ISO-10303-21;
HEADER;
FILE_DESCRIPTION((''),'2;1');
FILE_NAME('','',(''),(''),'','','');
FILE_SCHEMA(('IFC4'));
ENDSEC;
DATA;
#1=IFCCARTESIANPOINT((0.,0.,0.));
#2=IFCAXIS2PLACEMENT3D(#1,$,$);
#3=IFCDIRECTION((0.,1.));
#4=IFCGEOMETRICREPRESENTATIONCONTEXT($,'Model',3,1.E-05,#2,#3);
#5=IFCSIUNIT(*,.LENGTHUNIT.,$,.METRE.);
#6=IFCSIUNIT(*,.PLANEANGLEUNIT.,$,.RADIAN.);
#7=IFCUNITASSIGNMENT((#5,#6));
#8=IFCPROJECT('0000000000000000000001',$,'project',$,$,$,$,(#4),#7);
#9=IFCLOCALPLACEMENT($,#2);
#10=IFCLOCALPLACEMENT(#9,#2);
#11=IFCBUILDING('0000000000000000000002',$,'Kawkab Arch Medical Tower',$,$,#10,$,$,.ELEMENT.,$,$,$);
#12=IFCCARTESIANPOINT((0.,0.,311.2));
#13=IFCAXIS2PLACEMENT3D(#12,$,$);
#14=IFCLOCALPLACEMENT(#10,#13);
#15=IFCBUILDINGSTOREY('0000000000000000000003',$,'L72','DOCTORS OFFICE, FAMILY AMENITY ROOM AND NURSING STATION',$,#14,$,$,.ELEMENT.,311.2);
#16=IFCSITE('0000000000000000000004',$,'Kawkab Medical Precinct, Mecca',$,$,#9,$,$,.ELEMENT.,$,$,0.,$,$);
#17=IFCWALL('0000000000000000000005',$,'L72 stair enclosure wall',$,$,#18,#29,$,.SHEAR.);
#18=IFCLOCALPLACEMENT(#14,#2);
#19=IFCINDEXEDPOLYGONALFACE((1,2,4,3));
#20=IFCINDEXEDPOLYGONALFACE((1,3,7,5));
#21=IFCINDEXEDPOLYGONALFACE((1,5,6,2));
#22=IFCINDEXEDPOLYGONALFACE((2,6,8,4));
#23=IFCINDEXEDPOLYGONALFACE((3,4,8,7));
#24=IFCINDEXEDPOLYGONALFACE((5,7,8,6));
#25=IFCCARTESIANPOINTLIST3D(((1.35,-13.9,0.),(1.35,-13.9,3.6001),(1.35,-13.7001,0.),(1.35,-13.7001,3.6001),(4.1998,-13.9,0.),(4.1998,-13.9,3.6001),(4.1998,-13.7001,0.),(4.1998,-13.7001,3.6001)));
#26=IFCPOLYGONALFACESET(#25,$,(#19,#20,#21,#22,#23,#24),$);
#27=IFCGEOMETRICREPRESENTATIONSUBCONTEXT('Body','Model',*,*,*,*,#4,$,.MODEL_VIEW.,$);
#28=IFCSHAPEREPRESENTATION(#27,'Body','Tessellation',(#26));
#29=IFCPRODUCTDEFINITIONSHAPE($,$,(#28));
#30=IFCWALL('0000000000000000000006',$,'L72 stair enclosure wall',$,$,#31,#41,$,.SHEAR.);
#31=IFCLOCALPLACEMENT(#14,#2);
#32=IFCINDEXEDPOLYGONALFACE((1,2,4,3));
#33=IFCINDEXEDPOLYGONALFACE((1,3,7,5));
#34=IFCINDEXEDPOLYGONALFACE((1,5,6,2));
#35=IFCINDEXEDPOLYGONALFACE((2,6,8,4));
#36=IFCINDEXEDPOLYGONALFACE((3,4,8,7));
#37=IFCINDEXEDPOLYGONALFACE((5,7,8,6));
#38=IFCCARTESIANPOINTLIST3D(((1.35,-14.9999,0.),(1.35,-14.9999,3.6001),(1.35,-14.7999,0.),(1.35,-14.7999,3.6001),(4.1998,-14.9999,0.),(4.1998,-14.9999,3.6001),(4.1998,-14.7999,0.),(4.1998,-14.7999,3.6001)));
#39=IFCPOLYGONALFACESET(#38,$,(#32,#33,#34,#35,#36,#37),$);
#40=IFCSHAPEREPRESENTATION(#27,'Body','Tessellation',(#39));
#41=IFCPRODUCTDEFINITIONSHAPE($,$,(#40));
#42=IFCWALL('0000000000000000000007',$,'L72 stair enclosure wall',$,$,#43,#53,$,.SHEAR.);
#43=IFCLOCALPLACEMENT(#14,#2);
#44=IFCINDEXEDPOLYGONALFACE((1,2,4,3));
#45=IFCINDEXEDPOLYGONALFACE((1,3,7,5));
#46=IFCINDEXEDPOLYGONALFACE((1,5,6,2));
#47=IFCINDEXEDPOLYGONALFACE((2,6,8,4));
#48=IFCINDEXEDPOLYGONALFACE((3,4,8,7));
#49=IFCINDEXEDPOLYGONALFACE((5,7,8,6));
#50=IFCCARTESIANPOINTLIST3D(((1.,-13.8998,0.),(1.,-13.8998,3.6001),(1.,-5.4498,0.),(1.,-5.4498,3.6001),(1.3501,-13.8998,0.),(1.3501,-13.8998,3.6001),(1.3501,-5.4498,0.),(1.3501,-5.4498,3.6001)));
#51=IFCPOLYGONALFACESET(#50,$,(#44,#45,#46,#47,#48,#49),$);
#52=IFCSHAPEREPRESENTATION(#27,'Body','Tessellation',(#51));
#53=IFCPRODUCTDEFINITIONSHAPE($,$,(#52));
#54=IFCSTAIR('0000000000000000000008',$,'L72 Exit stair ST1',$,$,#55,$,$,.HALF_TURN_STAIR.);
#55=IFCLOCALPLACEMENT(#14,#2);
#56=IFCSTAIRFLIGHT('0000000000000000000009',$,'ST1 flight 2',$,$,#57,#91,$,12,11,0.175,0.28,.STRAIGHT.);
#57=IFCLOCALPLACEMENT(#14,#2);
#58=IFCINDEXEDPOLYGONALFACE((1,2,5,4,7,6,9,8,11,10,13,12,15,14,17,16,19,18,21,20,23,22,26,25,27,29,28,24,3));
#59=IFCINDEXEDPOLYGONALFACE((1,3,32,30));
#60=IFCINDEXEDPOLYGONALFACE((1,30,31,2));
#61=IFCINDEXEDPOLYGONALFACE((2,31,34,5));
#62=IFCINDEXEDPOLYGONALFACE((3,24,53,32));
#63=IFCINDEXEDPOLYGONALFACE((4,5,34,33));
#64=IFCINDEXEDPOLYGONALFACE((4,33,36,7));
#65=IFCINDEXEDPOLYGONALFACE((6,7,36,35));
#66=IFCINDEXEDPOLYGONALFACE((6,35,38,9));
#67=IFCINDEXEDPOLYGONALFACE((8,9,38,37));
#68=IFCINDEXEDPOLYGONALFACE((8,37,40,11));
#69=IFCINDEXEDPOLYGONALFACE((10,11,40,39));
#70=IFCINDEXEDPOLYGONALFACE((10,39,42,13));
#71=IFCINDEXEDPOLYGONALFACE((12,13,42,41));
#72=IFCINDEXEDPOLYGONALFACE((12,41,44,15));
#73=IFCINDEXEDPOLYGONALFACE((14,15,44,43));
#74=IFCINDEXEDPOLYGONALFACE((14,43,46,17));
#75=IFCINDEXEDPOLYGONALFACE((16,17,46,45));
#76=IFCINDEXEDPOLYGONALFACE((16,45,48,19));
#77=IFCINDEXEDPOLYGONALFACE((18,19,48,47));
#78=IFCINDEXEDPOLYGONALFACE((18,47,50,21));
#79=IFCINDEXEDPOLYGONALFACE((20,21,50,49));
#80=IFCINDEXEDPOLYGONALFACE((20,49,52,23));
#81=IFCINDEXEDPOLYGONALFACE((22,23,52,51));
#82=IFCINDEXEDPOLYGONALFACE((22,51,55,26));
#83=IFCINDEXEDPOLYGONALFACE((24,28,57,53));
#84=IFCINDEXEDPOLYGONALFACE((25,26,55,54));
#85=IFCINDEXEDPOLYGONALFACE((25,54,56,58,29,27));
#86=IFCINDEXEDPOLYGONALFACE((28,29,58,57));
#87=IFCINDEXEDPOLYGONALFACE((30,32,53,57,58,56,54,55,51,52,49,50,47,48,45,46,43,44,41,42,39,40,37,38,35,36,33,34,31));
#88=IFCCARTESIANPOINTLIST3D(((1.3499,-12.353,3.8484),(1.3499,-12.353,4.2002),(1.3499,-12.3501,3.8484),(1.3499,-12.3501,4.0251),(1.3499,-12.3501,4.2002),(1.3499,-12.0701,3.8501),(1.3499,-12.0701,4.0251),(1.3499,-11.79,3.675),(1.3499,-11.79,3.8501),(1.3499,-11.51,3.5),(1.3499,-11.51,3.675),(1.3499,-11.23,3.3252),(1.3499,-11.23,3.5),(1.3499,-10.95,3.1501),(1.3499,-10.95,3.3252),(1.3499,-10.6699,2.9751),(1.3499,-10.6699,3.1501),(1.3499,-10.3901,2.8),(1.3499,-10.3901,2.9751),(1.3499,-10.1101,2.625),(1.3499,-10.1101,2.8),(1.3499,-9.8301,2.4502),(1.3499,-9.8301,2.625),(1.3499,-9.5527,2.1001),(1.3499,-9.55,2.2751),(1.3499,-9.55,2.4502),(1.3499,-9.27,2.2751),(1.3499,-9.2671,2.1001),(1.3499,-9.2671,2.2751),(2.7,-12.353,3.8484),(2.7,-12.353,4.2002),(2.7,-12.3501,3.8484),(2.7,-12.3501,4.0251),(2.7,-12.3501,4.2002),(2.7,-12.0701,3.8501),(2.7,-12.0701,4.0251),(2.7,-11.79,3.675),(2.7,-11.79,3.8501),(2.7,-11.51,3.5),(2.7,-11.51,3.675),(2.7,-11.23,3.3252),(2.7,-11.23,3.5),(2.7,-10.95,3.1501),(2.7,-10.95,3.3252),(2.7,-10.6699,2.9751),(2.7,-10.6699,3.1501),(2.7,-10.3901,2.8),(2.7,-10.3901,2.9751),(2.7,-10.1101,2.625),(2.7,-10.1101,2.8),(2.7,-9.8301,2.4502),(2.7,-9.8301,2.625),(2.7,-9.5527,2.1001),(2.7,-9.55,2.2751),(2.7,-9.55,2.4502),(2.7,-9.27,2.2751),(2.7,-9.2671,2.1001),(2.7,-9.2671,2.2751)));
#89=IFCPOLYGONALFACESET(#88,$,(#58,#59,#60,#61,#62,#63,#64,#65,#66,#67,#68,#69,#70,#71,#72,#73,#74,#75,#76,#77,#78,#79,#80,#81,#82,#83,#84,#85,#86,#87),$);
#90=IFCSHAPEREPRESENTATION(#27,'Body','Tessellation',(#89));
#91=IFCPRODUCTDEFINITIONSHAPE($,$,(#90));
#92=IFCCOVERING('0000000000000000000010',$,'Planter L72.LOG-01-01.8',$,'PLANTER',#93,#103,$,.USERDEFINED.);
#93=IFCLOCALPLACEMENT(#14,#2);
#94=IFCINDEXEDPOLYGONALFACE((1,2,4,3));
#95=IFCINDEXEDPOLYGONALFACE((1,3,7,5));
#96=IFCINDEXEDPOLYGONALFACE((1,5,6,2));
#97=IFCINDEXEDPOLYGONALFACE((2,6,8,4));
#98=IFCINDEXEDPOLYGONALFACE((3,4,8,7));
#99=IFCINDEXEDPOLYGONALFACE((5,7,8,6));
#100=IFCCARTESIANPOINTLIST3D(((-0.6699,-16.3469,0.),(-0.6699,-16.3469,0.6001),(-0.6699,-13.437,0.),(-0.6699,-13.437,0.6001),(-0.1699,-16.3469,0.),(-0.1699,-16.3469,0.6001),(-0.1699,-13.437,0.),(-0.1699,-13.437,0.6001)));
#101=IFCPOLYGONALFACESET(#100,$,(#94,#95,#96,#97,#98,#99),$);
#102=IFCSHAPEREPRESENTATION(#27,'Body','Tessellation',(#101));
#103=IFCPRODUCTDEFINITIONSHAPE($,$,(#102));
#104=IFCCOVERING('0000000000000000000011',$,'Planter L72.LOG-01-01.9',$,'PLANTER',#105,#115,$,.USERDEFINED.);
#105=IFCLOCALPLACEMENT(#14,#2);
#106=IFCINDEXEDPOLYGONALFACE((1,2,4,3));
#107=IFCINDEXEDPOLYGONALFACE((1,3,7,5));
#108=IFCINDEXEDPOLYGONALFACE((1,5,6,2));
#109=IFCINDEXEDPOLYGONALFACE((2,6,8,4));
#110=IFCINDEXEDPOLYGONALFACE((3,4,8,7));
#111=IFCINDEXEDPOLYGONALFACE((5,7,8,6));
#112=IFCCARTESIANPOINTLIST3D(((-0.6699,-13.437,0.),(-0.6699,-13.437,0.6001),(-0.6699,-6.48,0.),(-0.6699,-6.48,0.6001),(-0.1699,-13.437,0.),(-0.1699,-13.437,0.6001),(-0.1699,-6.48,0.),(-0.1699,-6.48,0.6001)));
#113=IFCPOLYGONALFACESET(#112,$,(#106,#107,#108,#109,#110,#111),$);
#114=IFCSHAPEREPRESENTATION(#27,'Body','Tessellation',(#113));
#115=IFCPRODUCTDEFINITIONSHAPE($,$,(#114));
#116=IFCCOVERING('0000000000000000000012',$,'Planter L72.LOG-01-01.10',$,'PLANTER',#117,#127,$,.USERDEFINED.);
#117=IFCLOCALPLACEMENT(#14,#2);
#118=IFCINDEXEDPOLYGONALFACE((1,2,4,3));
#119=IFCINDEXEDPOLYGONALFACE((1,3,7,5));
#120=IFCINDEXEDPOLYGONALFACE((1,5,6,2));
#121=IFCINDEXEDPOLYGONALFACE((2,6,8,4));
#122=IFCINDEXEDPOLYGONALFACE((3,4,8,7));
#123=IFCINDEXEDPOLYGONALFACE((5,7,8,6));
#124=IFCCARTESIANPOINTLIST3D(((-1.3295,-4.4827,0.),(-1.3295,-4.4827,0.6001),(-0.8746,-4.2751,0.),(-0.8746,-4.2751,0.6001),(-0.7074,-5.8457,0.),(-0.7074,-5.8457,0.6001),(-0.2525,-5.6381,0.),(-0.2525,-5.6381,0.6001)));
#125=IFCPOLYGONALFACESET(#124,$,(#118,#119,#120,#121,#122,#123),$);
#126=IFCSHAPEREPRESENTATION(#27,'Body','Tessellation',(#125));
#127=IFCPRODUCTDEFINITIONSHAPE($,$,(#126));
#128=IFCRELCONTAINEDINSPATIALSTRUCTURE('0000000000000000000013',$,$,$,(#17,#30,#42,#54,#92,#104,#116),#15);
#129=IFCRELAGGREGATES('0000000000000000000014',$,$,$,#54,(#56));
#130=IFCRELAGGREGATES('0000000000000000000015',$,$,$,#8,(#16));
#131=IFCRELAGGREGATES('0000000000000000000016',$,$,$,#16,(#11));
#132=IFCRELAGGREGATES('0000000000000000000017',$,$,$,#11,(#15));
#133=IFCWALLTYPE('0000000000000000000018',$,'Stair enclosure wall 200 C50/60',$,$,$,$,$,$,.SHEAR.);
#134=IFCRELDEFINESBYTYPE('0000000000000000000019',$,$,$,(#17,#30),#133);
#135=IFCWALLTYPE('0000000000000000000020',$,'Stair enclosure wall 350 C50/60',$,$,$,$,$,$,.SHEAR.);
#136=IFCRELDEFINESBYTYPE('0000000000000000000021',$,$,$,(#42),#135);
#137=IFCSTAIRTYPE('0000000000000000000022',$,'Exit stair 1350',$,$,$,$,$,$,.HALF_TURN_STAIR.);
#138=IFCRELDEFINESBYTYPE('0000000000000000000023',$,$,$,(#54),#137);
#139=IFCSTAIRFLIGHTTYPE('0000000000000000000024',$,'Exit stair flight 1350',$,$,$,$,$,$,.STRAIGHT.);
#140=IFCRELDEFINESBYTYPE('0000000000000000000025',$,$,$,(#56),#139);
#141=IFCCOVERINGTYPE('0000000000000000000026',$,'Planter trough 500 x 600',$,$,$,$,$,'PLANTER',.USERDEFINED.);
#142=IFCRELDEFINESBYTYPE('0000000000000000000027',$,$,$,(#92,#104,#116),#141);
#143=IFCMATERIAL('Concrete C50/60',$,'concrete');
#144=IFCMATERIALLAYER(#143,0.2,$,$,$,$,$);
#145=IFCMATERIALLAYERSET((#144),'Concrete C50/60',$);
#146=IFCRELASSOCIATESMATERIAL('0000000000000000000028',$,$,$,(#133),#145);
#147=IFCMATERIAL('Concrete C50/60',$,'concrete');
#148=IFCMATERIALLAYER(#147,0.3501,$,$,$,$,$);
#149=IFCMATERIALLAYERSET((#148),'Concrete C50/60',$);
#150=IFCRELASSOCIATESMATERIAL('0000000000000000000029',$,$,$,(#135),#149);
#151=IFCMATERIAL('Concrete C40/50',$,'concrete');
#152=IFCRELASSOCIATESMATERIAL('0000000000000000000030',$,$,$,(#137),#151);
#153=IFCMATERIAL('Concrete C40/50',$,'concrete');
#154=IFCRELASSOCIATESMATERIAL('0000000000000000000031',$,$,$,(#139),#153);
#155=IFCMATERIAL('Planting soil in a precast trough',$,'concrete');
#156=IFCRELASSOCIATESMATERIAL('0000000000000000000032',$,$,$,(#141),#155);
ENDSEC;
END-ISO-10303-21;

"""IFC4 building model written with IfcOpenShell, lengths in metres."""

from ifc_helpers import new_model, si_unit, direction, frame, frame_2d, origin, origin_2d, place, context, subcontext, project, spatial, polyline, rectangle, outline, extrude, material, layer, layer_set, material_profile, profile_set, type_object, element, aggregate, save


model = new_model("IFC4")

# Units and contexts
model_context = context("Model", 3, precision=1e-05, world=origin(), true_north=direction((0.0, 1.0)))
body_context = subcontext(model_context, "Body", "Model", "MODEL_VIEW")
ifc_project = project(units=[si_unit("LENGTHUNIT", "METRE"), si_unit("PLANEANGLEUNIT", "RADIAN")], contexts=[model_context])

# Site, building, storey
site_placement = place(None, origin())
site = spatial("IfcSite", under=ifc_project, at=site_placement, Name="Kawkab Medical Precinct, Mecca", CompositionType="ELEMENT", RefElevation=0.0)
building_placement = place(site_placement, origin())
building = spatial("IfcBuilding", under=site, at=building_placement, Name="Kawkab Arch Medical Tower", CompositionType="ELEMENT")
storey_placement = place(building_placement, frame((0.0, 0.0, 311.2)))
storey = spatial("IfcBuildingStorey", under=building, at=storey_placement, Name="L72", Description="DOCTORS OFFICE, FAMILY AMENITY ROOM AND NURSING STATION", CompositionType="ELEMENT", Elevation=311.2)

# Shared definitions
placement = place(storey_placement, origin())

# Walls
ifc_material_1 = material(Name="Concrete C50/60", Category="concrete")
ifc_layer_1 = layer(ifc_material_1, 0.2)
ifc_layer_set_1 = layer_set([ifc_layer_1], Name="Concrete C50/60")
wall_type_1 = type_object("IfcWallType", Name="Stair enclosure wall 200 C50/60", PredefinedType="SHEAR", material=ifc_layer_set_1)
for number, where, z_axis, x_axis, name in (
    (1, (1.3501, -13.8, 0.0), (0.0, 0.0, 1.0), (1.0, 0.0, 0.0), "L72 stair enclosure wall"),
    (2, (1.3501, -14.8999, 0.0), (0.0, 0.0, 1.0), (1.0, 0.0, 0.0), "L72 stair enclosure wall"),
):
    element("IfcWall", number, at=place(storey_placement, frame(where, z_axis=z_axis, x_axis=x_axis)), inside=storey, type_object=wall_type_1, Name=name, PredefinedType="SHEAR", context=body_context, shape_type="SweptSolid", body=[
        extrude(rectangle(XDim=2.8499, YDim=0.2, at=frame_2d((1.4248, 0.0))), origin(), (0.0, 0.0, 1.0), 3.6001),
    ])
ifc_material_2 = material(Name="Concrete C50/60", Category="concrete")
ifc_layer_2 = layer(ifc_material_2, 0.3501)
ifc_layer_set_2 = layer_set([ifc_layer_2], Name="Concrete C50/60")
wall_type_2 = type_object("IfcWallType", Name="Stair enclosure wall 350 C50/60", PredefinedType="SHEAR", material=ifc_layer_set_2)
wall_1_placement = place(storey_placement, frame((1.175, -13.8999, 0.0), z_axis=(0.0, 0.0, 1.0), x_axis=(0.0, 1.0, 0.0)))
element("IfcWall", 3, at=wall_1_placement, inside=storey, type_object=wall_type_2, Name="L72 stair enclosure wall", PredefinedType="SHEAR", context=body_context, shape_type="SweptSolid", body=[
    extrude(rectangle(XDim=8.45, YDim=0.3501, at=frame_2d((4.2251, 0.0))), origin(), (0.0, 0.0, 1.0), 3.6001),
])

# Stair, stair flight
ifc_material_3 = material(Name="Concrete C40/50", Category="concrete")
stair_type = type_object("IfcStairType", Name="Exit stair 1350", PredefinedType="HALF_TURN_STAIR", material=ifc_material_3)
stair = element("IfcStair", 4, at=placement, inside=storey, type_object=stair_type, Name="L72 Exit stair ST1", PredefinedType="HALF_TURN_STAIR")
ifc_material_4 = material(Name="Concrete C40/50", Category="concrete")
stair_flight_type = type_object("IfcStairFlightType", Name="Exit stair flight 1350", PredefinedType="STRAIGHT", material=ifc_material_4)
stair_flight_placement = place(storey_placement, frame((2.0249, -9.27, 2.1001), z_axis=(0.0, 0.0, 1.0), x_axis=(0.0, -1.0, 0.0)))
stair_flight = element("IfcStairFlight", 5, at=stair_flight_placement, type_object=stair_flight_type, Name="ST1 flight 2", NumberOfRisers=12, NumberOfTreads=11, PredefinedType="STRAIGHT", RiserHeight=0.175, TreadLength=0.28, context=body_context, shape_type="SweptSolid", body=[
    extrude(outline(polyline([(-0.0029, 0.0), (-0.0029, 0.175), (0.0, 0.175), (0.28, 0.175), (0.28, 0.3501), (0.5601, 0.3501), (0.5601, 0.5249), (0.8401, 0.5249), (0.8401, 0.7), (1.1201, 0.7), (1.1201, 0.875), (1.3999, 0.875), (1.3999, 1.05), (1.6799, 1.05), (1.6799, 1.2251), (1.96, 1.2251), (1.96, 1.3999), (2.24, 1.3999), (2.24, 1.575), (2.52, 1.575), (2.52, 1.75), (2.8, 1.75), (2.8, 1.925), (3.0801, 1.925), (3.0801, 2.1001), (3.083, 2.1001), (3.083, 1.7483), (3.0801, 1.7483), (0.2827, 0.0), (-0.0029, 0.0)])), frame((0.0, 0.675, 0.0), z_axis=(0.0, -1.0, 0.0), x_axis=(1.0, 0.0, 0.0)), (0.0, 0.0, 1.0), 1.3501),
])
aggregate(stair, [stair_flight])

# Coverings
ifc_material_5 = material(Name="Planting soil in a precast trough", Category="concrete")
ifc_material_profile_1 = material_profile(ifc_material_5, rectangle(XDim=0.5, YDim=0.6001, at=origin_2d()), Name="Trough 500x600")
ifc_profile_set_1 = profile_set([ifc_material_profile_1], Name="Planting soil in a precast trough")
covering_type = type_object("IfcCoveringType", Name="Planter trough 500 x 600", ElementType="PLANTER", PredefinedType="USERDEFINED", material=ifc_profile_set_1)
covering_1_placement = place(storey_placement, frame((-0.4199, -16.3469, 0.3), z_axis=(0.0, 1.0, 0.0), x_axis=(-1.0, 0.0, 0.0)))
element("IfcCovering", 6, at=covering_1_placement, inside=storey, type_object=covering_type, Name="Planter L72.LOG-01-01.8", ObjectType="PLANTER", PredefinedType="USERDEFINED", context=body_context, shape_type="SweptSolid", body=[
    extrude(rectangle(XDim=0.5, YDim=0.6001, at=origin_2d()), origin(), (0.0, 0.0, 1.0), 2.9099),
])
covering_2_placement = place(storey_placement, frame((-0.4199, -13.437, 0.3), z_axis=(0.0, 1.0, 0.0), x_axis=(-1.0, 0.0, 0.0)))
element("IfcCovering", 7, at=covering_2_placement, inside=storey, type_object=covering_type, Name="Planter L72.LOG-01-01.9", ObjectType="PLANTER", PredefinedType="USERDEFINED", context=body_context, shape_type="SweptSolid", body=[
    extrude(rectangle(XDim=0.5, YDim=0.6001, at=origin_2d()), origin(), (0.0, 0.0, 1.0), 6.957),
])
covering_3_placement = place(storey_placement, frame((-0.48, -5.7419, 0.3), z_axis=(-0.41519, 0.909735, 0.0), x_axis=(-0.909735, -0.41519, 0.0)))
element("IfcCovering", 8, at=covering_3_placement, inside=storey, type_object=covering_type, Name="Planter L72.LOG-01-01.10", ObjectType="PLANTER", PredefinedType="USERDEFINED", context=body_context, shape_type="SweptSolid", body=[
    extrude(rectangle(XDim=0.5, YDim=0.6001, at=origin_2d()), origin(), (0.0, 0.0, 1.0), 1.4983),
])

save(model, "model.ifc")
